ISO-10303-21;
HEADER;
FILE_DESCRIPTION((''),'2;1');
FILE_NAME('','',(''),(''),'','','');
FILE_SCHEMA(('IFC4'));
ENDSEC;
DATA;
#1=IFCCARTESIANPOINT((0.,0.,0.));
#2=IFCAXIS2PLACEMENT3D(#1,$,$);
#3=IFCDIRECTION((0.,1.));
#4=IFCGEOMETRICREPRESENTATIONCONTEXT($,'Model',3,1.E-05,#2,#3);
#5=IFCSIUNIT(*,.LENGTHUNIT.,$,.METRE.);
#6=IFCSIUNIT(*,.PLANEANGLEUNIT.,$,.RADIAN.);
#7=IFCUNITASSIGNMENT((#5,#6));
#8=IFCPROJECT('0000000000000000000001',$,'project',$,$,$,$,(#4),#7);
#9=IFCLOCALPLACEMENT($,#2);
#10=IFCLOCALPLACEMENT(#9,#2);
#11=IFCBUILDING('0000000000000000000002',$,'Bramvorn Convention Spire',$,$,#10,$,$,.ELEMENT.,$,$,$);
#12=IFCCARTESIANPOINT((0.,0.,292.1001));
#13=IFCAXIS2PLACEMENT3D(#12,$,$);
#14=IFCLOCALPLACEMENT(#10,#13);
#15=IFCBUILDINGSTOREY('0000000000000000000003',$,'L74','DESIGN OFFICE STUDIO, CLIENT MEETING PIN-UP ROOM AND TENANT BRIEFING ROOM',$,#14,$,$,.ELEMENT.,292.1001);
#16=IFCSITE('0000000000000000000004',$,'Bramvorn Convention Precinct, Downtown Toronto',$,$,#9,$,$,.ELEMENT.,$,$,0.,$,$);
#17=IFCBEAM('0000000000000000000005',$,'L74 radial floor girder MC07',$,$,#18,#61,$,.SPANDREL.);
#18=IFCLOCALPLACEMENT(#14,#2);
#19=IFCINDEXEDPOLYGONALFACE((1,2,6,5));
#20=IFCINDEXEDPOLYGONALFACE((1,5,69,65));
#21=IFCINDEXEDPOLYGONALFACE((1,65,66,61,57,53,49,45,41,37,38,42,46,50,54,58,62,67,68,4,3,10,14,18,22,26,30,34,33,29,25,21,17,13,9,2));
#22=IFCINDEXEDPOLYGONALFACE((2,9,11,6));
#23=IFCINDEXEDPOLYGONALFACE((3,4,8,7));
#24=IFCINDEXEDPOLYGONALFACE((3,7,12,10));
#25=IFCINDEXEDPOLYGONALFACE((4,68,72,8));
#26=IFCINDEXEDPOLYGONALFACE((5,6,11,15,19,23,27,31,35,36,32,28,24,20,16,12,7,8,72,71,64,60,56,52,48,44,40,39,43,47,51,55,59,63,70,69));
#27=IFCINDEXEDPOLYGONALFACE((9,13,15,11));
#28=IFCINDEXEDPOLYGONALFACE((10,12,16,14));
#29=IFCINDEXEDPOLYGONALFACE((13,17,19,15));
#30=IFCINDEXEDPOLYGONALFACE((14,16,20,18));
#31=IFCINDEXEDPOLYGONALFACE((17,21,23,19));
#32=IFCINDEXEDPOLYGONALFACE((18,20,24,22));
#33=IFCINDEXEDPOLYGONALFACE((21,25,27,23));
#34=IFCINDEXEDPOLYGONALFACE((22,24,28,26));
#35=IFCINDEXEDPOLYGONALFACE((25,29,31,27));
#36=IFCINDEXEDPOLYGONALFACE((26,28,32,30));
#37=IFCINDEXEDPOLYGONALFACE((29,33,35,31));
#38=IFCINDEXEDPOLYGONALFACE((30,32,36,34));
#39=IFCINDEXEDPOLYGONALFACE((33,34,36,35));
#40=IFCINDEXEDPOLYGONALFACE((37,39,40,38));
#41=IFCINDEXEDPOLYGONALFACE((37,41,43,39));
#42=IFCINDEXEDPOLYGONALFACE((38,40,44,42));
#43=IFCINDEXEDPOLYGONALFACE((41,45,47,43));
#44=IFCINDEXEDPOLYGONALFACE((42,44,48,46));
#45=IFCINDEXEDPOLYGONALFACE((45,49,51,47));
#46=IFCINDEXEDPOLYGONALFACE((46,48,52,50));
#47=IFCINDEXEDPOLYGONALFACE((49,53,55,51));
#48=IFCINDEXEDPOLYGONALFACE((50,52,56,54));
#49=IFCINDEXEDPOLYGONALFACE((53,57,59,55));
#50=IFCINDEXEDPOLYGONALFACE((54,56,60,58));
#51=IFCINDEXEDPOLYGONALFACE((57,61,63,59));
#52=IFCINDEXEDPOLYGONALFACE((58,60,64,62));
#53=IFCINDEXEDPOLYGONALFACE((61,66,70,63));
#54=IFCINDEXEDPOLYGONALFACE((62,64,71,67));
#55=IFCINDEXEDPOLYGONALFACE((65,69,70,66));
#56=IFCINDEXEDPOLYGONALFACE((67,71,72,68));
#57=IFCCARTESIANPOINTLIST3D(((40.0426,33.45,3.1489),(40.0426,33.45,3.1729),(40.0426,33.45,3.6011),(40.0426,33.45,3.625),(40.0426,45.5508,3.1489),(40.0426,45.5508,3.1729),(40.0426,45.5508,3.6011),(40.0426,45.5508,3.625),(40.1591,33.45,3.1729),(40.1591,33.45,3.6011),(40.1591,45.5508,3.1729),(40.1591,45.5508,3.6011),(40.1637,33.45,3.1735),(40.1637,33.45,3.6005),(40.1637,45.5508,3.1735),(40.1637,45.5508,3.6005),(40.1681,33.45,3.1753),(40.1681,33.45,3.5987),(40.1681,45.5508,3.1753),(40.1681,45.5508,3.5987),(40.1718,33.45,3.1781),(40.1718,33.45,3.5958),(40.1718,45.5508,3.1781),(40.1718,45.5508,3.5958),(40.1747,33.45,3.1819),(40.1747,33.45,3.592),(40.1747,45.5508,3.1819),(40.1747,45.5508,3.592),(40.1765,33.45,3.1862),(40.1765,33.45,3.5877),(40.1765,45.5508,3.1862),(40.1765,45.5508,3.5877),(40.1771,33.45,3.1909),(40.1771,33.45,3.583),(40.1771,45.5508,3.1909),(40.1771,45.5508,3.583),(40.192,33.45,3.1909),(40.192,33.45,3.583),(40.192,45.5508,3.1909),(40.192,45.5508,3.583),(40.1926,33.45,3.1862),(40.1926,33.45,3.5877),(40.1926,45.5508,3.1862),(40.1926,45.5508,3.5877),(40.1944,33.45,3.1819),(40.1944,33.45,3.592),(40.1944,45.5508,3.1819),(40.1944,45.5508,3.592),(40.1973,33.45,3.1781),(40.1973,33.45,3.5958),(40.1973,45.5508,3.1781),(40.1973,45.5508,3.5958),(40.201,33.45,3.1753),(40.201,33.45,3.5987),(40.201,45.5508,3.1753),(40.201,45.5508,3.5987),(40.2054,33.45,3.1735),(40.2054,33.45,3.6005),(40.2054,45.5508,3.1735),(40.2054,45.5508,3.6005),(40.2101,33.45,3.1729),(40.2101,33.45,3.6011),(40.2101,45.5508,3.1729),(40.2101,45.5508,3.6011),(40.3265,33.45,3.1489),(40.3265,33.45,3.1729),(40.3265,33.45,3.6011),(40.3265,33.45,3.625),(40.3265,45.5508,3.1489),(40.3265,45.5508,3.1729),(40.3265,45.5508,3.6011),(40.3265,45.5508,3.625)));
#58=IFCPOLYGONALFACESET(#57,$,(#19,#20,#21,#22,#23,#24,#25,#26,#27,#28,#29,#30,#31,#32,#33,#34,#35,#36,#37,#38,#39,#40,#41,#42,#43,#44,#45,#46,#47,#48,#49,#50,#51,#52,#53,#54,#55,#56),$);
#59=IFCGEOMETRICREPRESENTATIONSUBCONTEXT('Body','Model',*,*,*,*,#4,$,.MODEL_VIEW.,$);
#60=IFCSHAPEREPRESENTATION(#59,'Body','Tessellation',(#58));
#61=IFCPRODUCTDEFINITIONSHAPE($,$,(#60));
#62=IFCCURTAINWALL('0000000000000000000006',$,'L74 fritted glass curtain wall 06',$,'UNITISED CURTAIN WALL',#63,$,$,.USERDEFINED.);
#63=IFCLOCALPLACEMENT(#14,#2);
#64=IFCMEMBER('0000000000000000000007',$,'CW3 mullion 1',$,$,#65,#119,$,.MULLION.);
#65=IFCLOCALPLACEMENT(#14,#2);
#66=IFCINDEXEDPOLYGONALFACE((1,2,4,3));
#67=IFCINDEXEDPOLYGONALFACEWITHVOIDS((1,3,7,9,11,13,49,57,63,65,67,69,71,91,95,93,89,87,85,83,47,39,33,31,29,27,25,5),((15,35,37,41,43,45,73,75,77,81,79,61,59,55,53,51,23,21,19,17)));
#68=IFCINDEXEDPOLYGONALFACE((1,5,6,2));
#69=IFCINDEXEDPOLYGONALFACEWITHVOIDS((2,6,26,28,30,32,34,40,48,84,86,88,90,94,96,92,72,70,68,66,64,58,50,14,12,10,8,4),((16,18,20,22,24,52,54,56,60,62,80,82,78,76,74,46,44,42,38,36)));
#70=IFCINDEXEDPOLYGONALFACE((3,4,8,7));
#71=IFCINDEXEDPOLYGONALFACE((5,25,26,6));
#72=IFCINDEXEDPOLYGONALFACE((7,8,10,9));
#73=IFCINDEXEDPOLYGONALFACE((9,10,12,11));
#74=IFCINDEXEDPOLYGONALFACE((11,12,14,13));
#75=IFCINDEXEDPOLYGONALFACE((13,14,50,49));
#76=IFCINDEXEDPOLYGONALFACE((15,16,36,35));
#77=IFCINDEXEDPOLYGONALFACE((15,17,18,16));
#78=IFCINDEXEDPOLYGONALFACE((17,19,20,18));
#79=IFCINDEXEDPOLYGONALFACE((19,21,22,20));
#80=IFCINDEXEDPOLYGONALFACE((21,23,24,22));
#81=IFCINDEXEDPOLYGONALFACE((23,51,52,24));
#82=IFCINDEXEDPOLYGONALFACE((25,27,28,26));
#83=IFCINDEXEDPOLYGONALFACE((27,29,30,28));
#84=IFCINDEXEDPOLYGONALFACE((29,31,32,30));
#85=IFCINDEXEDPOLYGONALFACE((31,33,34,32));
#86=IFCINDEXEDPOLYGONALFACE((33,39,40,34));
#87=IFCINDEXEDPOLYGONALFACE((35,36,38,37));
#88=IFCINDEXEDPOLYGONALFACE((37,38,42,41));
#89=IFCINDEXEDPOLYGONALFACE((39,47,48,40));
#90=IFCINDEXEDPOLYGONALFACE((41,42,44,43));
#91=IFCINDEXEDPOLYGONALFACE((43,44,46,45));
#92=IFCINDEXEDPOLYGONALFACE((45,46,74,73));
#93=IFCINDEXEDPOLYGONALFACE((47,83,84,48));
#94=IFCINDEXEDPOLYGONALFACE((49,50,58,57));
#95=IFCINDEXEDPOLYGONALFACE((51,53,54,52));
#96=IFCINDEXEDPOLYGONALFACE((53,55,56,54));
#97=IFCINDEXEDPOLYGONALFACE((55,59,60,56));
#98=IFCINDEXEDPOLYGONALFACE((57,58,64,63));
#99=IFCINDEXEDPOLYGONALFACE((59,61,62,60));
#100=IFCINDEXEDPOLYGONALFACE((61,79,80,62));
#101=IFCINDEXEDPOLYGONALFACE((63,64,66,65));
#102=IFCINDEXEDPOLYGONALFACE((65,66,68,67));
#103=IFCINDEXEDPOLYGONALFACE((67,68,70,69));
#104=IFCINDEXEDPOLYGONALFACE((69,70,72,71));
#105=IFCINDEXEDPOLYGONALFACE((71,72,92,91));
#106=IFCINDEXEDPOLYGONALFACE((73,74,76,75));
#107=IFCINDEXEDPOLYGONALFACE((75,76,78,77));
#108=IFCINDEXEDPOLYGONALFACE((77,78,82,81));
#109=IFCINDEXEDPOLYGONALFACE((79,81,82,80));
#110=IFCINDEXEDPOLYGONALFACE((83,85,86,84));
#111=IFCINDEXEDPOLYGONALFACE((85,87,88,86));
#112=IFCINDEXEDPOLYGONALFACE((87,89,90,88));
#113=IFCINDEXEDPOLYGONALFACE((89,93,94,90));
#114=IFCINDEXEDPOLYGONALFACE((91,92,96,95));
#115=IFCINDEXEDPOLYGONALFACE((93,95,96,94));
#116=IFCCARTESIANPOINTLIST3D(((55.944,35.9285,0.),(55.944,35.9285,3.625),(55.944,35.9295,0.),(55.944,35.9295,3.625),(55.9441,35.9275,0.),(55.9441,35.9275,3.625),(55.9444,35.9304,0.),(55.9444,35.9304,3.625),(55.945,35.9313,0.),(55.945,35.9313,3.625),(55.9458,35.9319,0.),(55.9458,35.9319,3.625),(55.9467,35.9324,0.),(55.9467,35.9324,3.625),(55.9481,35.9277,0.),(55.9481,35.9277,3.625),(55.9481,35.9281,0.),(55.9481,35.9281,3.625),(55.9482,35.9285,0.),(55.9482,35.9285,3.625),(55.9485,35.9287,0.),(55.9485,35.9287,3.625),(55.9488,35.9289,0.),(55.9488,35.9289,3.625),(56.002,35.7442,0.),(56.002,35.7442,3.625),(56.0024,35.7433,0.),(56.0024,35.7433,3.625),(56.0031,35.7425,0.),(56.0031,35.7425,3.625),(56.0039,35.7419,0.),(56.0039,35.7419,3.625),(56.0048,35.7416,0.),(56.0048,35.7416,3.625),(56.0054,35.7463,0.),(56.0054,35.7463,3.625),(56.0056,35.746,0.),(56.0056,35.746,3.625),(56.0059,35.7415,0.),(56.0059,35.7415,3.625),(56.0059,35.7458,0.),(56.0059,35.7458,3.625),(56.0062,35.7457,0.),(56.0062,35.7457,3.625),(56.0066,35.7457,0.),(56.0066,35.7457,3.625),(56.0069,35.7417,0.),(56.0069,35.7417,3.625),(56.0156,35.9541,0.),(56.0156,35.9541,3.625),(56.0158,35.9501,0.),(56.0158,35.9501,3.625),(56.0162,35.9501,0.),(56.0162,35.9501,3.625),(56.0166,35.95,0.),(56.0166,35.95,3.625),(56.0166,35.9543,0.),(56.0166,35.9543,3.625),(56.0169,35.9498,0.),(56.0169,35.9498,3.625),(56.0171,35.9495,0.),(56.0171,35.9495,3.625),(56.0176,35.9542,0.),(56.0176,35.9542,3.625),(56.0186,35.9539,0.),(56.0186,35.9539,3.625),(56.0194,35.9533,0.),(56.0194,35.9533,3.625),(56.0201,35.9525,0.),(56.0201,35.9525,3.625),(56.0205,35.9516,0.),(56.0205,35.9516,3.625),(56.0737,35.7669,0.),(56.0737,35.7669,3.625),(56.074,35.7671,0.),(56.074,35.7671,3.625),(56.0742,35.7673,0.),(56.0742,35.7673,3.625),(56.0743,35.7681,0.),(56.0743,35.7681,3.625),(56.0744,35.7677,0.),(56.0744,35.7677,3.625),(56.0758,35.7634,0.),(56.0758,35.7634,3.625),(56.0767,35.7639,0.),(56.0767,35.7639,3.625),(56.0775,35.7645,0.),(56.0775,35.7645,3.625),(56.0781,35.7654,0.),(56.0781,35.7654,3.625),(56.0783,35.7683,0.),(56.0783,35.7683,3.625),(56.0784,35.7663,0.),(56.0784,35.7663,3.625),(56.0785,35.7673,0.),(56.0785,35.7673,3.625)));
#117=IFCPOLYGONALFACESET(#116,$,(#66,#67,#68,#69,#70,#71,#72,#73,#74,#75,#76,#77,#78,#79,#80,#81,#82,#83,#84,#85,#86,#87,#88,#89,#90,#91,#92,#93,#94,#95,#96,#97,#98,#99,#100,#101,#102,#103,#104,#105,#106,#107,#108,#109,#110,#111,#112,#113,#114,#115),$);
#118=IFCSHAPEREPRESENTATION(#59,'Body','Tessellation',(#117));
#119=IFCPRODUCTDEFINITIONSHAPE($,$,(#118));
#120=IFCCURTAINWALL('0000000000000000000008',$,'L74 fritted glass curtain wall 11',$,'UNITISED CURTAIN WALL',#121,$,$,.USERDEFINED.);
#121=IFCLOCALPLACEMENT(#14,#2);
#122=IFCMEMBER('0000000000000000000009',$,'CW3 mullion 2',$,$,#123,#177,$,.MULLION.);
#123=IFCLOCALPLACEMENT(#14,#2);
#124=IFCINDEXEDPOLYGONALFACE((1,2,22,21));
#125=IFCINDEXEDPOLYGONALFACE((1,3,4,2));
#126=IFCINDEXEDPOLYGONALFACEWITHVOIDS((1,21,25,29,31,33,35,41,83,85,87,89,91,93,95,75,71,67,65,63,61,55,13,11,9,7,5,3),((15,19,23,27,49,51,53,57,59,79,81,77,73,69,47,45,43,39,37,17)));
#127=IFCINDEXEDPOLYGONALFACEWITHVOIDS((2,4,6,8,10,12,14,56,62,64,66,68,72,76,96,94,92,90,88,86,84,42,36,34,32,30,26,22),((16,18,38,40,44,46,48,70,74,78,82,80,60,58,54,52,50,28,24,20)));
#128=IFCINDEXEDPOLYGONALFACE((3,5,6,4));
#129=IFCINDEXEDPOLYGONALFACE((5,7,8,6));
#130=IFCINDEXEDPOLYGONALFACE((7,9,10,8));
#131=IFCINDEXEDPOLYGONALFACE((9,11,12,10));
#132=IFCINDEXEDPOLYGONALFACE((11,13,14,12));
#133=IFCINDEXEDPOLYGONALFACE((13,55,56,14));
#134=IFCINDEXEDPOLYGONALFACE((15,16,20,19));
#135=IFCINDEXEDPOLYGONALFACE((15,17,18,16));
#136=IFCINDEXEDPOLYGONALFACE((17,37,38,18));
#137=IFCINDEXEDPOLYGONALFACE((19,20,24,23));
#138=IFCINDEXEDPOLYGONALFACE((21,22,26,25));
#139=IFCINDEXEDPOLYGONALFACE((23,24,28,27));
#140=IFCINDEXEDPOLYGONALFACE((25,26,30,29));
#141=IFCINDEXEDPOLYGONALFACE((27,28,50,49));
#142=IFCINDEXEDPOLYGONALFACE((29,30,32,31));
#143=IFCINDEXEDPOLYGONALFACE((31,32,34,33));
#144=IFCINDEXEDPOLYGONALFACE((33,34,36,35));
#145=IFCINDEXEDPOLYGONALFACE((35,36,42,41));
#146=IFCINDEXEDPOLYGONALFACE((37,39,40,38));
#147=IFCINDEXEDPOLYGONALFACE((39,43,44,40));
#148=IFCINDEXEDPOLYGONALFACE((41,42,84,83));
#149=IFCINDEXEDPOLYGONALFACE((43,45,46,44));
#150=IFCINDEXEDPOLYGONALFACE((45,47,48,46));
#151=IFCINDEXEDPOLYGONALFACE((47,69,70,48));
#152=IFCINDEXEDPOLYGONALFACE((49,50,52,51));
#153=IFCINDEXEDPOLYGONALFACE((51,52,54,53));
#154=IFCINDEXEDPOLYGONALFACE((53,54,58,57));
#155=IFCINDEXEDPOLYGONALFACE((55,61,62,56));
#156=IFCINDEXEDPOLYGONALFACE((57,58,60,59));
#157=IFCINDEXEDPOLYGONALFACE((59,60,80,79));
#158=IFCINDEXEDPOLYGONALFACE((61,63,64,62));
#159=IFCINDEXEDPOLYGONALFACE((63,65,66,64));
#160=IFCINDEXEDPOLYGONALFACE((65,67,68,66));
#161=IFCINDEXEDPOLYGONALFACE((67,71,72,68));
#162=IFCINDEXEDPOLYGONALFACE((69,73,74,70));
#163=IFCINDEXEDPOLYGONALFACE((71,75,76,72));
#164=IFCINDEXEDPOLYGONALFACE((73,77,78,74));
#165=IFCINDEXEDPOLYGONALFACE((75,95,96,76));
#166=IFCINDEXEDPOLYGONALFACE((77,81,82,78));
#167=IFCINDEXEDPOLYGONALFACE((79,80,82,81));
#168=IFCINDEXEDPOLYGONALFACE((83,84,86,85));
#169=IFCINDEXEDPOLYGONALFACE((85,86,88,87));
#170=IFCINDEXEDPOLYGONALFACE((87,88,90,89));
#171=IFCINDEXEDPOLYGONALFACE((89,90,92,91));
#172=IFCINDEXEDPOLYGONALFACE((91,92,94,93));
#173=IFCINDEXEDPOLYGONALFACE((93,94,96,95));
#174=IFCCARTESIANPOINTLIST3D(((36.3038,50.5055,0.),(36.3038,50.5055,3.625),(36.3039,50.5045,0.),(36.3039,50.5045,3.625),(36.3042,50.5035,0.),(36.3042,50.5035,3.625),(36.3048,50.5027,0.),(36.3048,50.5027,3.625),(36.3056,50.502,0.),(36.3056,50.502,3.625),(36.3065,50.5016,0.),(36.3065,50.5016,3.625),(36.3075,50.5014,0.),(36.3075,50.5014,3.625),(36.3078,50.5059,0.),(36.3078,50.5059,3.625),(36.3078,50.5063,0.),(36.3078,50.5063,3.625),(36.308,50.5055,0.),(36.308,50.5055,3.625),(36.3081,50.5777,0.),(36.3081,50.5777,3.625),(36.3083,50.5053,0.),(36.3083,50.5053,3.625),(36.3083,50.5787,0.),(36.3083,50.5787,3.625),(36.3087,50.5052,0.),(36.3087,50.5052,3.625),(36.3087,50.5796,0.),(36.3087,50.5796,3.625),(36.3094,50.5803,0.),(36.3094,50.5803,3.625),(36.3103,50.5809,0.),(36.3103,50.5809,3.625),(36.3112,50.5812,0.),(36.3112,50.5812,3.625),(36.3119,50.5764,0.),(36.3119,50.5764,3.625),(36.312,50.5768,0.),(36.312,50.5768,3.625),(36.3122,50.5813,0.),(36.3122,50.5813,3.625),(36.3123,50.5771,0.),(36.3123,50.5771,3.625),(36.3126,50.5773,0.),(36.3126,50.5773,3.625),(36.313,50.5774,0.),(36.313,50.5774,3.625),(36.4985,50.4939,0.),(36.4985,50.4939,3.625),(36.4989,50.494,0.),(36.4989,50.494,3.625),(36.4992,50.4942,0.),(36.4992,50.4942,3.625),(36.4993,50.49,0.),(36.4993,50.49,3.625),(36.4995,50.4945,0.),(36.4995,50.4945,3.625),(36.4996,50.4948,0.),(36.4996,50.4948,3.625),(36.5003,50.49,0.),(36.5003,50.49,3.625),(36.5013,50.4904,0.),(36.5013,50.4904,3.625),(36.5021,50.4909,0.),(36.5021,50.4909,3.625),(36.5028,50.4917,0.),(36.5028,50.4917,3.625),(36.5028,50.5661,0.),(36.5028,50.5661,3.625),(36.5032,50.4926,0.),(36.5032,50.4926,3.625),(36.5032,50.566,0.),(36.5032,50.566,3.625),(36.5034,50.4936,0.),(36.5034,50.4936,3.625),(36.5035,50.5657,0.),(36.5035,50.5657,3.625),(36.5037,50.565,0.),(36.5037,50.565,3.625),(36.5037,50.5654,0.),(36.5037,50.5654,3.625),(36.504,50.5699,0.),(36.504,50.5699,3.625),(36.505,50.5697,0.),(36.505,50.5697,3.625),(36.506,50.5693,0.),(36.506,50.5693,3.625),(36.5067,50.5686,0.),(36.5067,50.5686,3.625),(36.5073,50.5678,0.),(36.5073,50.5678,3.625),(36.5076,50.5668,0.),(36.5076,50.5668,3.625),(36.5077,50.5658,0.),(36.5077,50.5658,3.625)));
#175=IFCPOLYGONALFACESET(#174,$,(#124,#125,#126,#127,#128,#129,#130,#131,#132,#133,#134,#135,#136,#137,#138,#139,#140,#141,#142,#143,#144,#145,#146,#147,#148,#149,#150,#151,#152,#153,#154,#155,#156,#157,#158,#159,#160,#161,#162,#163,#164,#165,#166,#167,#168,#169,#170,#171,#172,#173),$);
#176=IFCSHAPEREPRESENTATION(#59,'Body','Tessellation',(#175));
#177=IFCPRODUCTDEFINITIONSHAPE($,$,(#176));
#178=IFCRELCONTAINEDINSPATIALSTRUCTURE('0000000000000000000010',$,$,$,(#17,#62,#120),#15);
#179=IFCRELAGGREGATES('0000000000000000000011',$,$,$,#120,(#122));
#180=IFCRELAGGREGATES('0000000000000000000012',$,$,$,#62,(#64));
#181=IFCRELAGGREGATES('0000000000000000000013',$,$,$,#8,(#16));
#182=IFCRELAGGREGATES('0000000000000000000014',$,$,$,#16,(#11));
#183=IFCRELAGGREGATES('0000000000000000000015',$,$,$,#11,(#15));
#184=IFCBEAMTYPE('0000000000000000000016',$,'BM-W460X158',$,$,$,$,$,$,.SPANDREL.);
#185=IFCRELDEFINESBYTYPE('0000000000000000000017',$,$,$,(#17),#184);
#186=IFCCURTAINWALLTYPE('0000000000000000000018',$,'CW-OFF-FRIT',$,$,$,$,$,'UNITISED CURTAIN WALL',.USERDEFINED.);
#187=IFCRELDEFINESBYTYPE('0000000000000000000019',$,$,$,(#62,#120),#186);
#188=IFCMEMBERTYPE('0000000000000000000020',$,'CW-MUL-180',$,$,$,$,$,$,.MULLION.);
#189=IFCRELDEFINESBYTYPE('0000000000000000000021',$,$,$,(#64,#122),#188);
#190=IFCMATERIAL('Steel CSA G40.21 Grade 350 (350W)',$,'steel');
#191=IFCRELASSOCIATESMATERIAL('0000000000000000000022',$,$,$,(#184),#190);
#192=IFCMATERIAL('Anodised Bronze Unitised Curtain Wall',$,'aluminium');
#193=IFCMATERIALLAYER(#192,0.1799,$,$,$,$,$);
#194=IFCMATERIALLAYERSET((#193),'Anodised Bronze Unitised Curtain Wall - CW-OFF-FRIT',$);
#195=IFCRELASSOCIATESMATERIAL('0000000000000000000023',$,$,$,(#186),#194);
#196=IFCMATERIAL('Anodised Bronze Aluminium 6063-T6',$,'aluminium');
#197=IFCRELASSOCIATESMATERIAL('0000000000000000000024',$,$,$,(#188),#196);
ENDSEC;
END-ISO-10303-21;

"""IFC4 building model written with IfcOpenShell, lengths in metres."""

from ifc_helpers import new_model, si_unit, direction, frame, origin, origin_2d, place, context, subcontext, project, spatial, hollow_rectangle, i_section, extrude, material, layer, layer_set, material_profile, profile_set, type_object, element, aggregate, save


model = new_model("IFC4")

# Units and contexts
model_context = context("Model", 3, precision=1e-05, world=origin(), true_north=direction((0.0, 1.0)))
body_context = subcontext(model_context, "Body", "Model", "MODEL_VIEW")
ifc_project = project(units=[si_unit("LENGTHUNIT", "METRE"), si_unit("PLANEANGLEUNIT", "RADIAN")], contexts=[model_context])

# Site, building, storey
site_placement = place(None, origin())
site = spatial("IfcSite", under=ifc_project, at=site_placement, Name="Bramvorn Convention Precinct, Downtown Toronto", CompositionType="ELEMENT", RefElevation=0.0)
building_placement = place(site_placement, origin())
building = spatial("IfcBuilding", under=site, at=building_placement, Name="Bramvorn Convention Spire", CompositionType="ELEMENT")
storey_placement = place(building_placement, frame((0.0, 0.0, 292.1001)))
storey = spatial("IfcBuildingStorey", under=building, at=storey_placement, Name="L74", Description="DESIGN OFFICE STUDIO, CLIENT MEETING PIN-UP ROOM AND TENANT BRIEFING ROOM", CompositionType="ELEMENT", Elevation=292.1001)

# Shared definitions
ifc_material_1 = material(Name="Steel CSA G40.21 Grade 350 (350W)", Category="steel")

# Beam
ifc_material_profile_1 = material_profile(ifc_material_1, i_section(OverallWidth=0.2839, OverallDepth=0.4761, WebThickness=0.0149, FlangeThickness=0.0239, FilletRadius=0.0181, at=origin_2d()))
ifc_profile_set_1 = profile_set([ifc_material_profile_1], Name="Steel CSA G40.21 Grade 350 (350W) - W460X158")
beam_type_1 = type_object("IfcBeamType", Name="BM-W460X158", PredefinedType="SPANDREL", material=ifc_profile_set_1)
beam_1_placement = place(storey_placement, frame((40.1846, 33.45, 3.387), z_axis=(0.0, 1.0, 0.0), x_axis=(-1.0, 0.0, 0.0)))
element("IfcBeam", 1, at=beam_1_placement, inside=storey, type_object=beam_type_1, Name="L74 radial floor girder MC07", PredefinedType="SPANDREL", context=body_context, shape_type="SweptSolid", body=[
    extrude(i_section(OverallWidth=0.2839, OverallDepth=0.4761, WebThickness=0.0149, FlangeThickness=0.0239, FilletRadius=0.0181, at=origin_2d()), origin(), (0.0, 0.0, 1.0), 12.1008),
])

# Curtain walls, members
ifc_material_2 = material(Name="Anodised Bronze Unitised Curtain Wall", Category="aluminium")
ifc_layer_1 = layer(ifc_material_2, 0.1799)
ifc_layer_set_1 = layer_set([ifc_layer_1], Name="Anodised Bronze Unitised Curtain Wall - CW-OFF-FRIT")
curtain_wall_type = type_object("IfcCurtainWallType", Name="CW-OFF-FRIT", ElementType="UNITISED CURTAIN WALL", PredefinedType="USERDEFINED", material=ifc_layer_set_1)
curtain_wall_1_placement = place(storey_placement, origin())
curtain_wall_1 = element("IfcCurtainWall", 2, at=curtain_wall_1_placement, inside=storey, type_object=curtain_wall_type, Name="L74 fritted glass curtain wall 06", ObjectType="UNITISED CURTAIN WALL", PredefinedType="USERDEFINED")
ifc_material_3 = material(Name="Anodised Bronze Aluminium 6063-T6", Category="aluminium")
ifc_material_profile_2 = material_profile(ifc_material_3, hollow_rectangle(XDim=0.0801, YDim=0.2, WallThickness=0.0039, InnerFilletRadius=0.001, OuterFilletRadius=0.0039, at=origin_2d()))
ifc_profile_set_2 = profile_set([ifc_material_profile_2], Name="Anodised Bronze Aluminium 6063-T6 - CWM80X200")
member_type_1 = type_object("IfcMemberType", Name="CW-MUL-180", PredefinedType="MULLION", material=ifc_profile_set_2)
member_1_placement = place(storey_placement, frame((56.0112, 35.8479, 0.0), z_axis=(0.0, 0.0, 1.0), x_axis=(0.953619, 0.301015, 0.0)))
member_1 = element("IfcMember", 3, at=member_1_placement, type_object=member_type_1, Name="CW3 mullion 1", PredefinedType="MULLION", context=body_context, shape_type="SweptSolid", body=[
    extrude(hollow_rectangle(XDim=0.0801, YDim=0.2, WallThickness=0.0039, InnerFilletRadius=0.001, OuterFilletRadius=0.0039, at=origin_2d()), origin(), (0.0, 0.0, 1.0), 3.625),
])
curtain_wall_2_placement = place(storey_placement, origin())
curtain_wall_2 = element("IfcCurtainWall", 4, at=curtain_wall_2_placement, inside=storey, type_object=curtain_wall_type, Name="L74 fritted glass curtain wall 11", ObjectType="UNITISED CURTAIN WALL", PredefinedType="USERDEFINED")
member_2_placement = place(storey_placement, frame((36.4058, 50.5356, 0.0), z_axis=(0.0, 0.0, 1.0), x_axis=(0.059392, 0.998235, 0.0)))
member_2 = element("IfcMember", 5, at=member_2_placement, type_object=member_type_1, Name="CW3 mullion 2", PredefinedType="MULLION", context=body_context, shape_type="SweptSolid", body=[
    extrude(hollow_rectangle(XDim=0.0801, YDim=0.2, WallThickness=0.0039, InnerFilletRadius=0.001, OuterFilletRadius=0.0039, at=origin_2d()), origin(), (0.0, 0.0, 1.0), 3.625),
])
aggregate(curtain_wall_2, [member_2])

aggregate(curtain_wall_1, [member_1])

save(model, "model.ifc")
